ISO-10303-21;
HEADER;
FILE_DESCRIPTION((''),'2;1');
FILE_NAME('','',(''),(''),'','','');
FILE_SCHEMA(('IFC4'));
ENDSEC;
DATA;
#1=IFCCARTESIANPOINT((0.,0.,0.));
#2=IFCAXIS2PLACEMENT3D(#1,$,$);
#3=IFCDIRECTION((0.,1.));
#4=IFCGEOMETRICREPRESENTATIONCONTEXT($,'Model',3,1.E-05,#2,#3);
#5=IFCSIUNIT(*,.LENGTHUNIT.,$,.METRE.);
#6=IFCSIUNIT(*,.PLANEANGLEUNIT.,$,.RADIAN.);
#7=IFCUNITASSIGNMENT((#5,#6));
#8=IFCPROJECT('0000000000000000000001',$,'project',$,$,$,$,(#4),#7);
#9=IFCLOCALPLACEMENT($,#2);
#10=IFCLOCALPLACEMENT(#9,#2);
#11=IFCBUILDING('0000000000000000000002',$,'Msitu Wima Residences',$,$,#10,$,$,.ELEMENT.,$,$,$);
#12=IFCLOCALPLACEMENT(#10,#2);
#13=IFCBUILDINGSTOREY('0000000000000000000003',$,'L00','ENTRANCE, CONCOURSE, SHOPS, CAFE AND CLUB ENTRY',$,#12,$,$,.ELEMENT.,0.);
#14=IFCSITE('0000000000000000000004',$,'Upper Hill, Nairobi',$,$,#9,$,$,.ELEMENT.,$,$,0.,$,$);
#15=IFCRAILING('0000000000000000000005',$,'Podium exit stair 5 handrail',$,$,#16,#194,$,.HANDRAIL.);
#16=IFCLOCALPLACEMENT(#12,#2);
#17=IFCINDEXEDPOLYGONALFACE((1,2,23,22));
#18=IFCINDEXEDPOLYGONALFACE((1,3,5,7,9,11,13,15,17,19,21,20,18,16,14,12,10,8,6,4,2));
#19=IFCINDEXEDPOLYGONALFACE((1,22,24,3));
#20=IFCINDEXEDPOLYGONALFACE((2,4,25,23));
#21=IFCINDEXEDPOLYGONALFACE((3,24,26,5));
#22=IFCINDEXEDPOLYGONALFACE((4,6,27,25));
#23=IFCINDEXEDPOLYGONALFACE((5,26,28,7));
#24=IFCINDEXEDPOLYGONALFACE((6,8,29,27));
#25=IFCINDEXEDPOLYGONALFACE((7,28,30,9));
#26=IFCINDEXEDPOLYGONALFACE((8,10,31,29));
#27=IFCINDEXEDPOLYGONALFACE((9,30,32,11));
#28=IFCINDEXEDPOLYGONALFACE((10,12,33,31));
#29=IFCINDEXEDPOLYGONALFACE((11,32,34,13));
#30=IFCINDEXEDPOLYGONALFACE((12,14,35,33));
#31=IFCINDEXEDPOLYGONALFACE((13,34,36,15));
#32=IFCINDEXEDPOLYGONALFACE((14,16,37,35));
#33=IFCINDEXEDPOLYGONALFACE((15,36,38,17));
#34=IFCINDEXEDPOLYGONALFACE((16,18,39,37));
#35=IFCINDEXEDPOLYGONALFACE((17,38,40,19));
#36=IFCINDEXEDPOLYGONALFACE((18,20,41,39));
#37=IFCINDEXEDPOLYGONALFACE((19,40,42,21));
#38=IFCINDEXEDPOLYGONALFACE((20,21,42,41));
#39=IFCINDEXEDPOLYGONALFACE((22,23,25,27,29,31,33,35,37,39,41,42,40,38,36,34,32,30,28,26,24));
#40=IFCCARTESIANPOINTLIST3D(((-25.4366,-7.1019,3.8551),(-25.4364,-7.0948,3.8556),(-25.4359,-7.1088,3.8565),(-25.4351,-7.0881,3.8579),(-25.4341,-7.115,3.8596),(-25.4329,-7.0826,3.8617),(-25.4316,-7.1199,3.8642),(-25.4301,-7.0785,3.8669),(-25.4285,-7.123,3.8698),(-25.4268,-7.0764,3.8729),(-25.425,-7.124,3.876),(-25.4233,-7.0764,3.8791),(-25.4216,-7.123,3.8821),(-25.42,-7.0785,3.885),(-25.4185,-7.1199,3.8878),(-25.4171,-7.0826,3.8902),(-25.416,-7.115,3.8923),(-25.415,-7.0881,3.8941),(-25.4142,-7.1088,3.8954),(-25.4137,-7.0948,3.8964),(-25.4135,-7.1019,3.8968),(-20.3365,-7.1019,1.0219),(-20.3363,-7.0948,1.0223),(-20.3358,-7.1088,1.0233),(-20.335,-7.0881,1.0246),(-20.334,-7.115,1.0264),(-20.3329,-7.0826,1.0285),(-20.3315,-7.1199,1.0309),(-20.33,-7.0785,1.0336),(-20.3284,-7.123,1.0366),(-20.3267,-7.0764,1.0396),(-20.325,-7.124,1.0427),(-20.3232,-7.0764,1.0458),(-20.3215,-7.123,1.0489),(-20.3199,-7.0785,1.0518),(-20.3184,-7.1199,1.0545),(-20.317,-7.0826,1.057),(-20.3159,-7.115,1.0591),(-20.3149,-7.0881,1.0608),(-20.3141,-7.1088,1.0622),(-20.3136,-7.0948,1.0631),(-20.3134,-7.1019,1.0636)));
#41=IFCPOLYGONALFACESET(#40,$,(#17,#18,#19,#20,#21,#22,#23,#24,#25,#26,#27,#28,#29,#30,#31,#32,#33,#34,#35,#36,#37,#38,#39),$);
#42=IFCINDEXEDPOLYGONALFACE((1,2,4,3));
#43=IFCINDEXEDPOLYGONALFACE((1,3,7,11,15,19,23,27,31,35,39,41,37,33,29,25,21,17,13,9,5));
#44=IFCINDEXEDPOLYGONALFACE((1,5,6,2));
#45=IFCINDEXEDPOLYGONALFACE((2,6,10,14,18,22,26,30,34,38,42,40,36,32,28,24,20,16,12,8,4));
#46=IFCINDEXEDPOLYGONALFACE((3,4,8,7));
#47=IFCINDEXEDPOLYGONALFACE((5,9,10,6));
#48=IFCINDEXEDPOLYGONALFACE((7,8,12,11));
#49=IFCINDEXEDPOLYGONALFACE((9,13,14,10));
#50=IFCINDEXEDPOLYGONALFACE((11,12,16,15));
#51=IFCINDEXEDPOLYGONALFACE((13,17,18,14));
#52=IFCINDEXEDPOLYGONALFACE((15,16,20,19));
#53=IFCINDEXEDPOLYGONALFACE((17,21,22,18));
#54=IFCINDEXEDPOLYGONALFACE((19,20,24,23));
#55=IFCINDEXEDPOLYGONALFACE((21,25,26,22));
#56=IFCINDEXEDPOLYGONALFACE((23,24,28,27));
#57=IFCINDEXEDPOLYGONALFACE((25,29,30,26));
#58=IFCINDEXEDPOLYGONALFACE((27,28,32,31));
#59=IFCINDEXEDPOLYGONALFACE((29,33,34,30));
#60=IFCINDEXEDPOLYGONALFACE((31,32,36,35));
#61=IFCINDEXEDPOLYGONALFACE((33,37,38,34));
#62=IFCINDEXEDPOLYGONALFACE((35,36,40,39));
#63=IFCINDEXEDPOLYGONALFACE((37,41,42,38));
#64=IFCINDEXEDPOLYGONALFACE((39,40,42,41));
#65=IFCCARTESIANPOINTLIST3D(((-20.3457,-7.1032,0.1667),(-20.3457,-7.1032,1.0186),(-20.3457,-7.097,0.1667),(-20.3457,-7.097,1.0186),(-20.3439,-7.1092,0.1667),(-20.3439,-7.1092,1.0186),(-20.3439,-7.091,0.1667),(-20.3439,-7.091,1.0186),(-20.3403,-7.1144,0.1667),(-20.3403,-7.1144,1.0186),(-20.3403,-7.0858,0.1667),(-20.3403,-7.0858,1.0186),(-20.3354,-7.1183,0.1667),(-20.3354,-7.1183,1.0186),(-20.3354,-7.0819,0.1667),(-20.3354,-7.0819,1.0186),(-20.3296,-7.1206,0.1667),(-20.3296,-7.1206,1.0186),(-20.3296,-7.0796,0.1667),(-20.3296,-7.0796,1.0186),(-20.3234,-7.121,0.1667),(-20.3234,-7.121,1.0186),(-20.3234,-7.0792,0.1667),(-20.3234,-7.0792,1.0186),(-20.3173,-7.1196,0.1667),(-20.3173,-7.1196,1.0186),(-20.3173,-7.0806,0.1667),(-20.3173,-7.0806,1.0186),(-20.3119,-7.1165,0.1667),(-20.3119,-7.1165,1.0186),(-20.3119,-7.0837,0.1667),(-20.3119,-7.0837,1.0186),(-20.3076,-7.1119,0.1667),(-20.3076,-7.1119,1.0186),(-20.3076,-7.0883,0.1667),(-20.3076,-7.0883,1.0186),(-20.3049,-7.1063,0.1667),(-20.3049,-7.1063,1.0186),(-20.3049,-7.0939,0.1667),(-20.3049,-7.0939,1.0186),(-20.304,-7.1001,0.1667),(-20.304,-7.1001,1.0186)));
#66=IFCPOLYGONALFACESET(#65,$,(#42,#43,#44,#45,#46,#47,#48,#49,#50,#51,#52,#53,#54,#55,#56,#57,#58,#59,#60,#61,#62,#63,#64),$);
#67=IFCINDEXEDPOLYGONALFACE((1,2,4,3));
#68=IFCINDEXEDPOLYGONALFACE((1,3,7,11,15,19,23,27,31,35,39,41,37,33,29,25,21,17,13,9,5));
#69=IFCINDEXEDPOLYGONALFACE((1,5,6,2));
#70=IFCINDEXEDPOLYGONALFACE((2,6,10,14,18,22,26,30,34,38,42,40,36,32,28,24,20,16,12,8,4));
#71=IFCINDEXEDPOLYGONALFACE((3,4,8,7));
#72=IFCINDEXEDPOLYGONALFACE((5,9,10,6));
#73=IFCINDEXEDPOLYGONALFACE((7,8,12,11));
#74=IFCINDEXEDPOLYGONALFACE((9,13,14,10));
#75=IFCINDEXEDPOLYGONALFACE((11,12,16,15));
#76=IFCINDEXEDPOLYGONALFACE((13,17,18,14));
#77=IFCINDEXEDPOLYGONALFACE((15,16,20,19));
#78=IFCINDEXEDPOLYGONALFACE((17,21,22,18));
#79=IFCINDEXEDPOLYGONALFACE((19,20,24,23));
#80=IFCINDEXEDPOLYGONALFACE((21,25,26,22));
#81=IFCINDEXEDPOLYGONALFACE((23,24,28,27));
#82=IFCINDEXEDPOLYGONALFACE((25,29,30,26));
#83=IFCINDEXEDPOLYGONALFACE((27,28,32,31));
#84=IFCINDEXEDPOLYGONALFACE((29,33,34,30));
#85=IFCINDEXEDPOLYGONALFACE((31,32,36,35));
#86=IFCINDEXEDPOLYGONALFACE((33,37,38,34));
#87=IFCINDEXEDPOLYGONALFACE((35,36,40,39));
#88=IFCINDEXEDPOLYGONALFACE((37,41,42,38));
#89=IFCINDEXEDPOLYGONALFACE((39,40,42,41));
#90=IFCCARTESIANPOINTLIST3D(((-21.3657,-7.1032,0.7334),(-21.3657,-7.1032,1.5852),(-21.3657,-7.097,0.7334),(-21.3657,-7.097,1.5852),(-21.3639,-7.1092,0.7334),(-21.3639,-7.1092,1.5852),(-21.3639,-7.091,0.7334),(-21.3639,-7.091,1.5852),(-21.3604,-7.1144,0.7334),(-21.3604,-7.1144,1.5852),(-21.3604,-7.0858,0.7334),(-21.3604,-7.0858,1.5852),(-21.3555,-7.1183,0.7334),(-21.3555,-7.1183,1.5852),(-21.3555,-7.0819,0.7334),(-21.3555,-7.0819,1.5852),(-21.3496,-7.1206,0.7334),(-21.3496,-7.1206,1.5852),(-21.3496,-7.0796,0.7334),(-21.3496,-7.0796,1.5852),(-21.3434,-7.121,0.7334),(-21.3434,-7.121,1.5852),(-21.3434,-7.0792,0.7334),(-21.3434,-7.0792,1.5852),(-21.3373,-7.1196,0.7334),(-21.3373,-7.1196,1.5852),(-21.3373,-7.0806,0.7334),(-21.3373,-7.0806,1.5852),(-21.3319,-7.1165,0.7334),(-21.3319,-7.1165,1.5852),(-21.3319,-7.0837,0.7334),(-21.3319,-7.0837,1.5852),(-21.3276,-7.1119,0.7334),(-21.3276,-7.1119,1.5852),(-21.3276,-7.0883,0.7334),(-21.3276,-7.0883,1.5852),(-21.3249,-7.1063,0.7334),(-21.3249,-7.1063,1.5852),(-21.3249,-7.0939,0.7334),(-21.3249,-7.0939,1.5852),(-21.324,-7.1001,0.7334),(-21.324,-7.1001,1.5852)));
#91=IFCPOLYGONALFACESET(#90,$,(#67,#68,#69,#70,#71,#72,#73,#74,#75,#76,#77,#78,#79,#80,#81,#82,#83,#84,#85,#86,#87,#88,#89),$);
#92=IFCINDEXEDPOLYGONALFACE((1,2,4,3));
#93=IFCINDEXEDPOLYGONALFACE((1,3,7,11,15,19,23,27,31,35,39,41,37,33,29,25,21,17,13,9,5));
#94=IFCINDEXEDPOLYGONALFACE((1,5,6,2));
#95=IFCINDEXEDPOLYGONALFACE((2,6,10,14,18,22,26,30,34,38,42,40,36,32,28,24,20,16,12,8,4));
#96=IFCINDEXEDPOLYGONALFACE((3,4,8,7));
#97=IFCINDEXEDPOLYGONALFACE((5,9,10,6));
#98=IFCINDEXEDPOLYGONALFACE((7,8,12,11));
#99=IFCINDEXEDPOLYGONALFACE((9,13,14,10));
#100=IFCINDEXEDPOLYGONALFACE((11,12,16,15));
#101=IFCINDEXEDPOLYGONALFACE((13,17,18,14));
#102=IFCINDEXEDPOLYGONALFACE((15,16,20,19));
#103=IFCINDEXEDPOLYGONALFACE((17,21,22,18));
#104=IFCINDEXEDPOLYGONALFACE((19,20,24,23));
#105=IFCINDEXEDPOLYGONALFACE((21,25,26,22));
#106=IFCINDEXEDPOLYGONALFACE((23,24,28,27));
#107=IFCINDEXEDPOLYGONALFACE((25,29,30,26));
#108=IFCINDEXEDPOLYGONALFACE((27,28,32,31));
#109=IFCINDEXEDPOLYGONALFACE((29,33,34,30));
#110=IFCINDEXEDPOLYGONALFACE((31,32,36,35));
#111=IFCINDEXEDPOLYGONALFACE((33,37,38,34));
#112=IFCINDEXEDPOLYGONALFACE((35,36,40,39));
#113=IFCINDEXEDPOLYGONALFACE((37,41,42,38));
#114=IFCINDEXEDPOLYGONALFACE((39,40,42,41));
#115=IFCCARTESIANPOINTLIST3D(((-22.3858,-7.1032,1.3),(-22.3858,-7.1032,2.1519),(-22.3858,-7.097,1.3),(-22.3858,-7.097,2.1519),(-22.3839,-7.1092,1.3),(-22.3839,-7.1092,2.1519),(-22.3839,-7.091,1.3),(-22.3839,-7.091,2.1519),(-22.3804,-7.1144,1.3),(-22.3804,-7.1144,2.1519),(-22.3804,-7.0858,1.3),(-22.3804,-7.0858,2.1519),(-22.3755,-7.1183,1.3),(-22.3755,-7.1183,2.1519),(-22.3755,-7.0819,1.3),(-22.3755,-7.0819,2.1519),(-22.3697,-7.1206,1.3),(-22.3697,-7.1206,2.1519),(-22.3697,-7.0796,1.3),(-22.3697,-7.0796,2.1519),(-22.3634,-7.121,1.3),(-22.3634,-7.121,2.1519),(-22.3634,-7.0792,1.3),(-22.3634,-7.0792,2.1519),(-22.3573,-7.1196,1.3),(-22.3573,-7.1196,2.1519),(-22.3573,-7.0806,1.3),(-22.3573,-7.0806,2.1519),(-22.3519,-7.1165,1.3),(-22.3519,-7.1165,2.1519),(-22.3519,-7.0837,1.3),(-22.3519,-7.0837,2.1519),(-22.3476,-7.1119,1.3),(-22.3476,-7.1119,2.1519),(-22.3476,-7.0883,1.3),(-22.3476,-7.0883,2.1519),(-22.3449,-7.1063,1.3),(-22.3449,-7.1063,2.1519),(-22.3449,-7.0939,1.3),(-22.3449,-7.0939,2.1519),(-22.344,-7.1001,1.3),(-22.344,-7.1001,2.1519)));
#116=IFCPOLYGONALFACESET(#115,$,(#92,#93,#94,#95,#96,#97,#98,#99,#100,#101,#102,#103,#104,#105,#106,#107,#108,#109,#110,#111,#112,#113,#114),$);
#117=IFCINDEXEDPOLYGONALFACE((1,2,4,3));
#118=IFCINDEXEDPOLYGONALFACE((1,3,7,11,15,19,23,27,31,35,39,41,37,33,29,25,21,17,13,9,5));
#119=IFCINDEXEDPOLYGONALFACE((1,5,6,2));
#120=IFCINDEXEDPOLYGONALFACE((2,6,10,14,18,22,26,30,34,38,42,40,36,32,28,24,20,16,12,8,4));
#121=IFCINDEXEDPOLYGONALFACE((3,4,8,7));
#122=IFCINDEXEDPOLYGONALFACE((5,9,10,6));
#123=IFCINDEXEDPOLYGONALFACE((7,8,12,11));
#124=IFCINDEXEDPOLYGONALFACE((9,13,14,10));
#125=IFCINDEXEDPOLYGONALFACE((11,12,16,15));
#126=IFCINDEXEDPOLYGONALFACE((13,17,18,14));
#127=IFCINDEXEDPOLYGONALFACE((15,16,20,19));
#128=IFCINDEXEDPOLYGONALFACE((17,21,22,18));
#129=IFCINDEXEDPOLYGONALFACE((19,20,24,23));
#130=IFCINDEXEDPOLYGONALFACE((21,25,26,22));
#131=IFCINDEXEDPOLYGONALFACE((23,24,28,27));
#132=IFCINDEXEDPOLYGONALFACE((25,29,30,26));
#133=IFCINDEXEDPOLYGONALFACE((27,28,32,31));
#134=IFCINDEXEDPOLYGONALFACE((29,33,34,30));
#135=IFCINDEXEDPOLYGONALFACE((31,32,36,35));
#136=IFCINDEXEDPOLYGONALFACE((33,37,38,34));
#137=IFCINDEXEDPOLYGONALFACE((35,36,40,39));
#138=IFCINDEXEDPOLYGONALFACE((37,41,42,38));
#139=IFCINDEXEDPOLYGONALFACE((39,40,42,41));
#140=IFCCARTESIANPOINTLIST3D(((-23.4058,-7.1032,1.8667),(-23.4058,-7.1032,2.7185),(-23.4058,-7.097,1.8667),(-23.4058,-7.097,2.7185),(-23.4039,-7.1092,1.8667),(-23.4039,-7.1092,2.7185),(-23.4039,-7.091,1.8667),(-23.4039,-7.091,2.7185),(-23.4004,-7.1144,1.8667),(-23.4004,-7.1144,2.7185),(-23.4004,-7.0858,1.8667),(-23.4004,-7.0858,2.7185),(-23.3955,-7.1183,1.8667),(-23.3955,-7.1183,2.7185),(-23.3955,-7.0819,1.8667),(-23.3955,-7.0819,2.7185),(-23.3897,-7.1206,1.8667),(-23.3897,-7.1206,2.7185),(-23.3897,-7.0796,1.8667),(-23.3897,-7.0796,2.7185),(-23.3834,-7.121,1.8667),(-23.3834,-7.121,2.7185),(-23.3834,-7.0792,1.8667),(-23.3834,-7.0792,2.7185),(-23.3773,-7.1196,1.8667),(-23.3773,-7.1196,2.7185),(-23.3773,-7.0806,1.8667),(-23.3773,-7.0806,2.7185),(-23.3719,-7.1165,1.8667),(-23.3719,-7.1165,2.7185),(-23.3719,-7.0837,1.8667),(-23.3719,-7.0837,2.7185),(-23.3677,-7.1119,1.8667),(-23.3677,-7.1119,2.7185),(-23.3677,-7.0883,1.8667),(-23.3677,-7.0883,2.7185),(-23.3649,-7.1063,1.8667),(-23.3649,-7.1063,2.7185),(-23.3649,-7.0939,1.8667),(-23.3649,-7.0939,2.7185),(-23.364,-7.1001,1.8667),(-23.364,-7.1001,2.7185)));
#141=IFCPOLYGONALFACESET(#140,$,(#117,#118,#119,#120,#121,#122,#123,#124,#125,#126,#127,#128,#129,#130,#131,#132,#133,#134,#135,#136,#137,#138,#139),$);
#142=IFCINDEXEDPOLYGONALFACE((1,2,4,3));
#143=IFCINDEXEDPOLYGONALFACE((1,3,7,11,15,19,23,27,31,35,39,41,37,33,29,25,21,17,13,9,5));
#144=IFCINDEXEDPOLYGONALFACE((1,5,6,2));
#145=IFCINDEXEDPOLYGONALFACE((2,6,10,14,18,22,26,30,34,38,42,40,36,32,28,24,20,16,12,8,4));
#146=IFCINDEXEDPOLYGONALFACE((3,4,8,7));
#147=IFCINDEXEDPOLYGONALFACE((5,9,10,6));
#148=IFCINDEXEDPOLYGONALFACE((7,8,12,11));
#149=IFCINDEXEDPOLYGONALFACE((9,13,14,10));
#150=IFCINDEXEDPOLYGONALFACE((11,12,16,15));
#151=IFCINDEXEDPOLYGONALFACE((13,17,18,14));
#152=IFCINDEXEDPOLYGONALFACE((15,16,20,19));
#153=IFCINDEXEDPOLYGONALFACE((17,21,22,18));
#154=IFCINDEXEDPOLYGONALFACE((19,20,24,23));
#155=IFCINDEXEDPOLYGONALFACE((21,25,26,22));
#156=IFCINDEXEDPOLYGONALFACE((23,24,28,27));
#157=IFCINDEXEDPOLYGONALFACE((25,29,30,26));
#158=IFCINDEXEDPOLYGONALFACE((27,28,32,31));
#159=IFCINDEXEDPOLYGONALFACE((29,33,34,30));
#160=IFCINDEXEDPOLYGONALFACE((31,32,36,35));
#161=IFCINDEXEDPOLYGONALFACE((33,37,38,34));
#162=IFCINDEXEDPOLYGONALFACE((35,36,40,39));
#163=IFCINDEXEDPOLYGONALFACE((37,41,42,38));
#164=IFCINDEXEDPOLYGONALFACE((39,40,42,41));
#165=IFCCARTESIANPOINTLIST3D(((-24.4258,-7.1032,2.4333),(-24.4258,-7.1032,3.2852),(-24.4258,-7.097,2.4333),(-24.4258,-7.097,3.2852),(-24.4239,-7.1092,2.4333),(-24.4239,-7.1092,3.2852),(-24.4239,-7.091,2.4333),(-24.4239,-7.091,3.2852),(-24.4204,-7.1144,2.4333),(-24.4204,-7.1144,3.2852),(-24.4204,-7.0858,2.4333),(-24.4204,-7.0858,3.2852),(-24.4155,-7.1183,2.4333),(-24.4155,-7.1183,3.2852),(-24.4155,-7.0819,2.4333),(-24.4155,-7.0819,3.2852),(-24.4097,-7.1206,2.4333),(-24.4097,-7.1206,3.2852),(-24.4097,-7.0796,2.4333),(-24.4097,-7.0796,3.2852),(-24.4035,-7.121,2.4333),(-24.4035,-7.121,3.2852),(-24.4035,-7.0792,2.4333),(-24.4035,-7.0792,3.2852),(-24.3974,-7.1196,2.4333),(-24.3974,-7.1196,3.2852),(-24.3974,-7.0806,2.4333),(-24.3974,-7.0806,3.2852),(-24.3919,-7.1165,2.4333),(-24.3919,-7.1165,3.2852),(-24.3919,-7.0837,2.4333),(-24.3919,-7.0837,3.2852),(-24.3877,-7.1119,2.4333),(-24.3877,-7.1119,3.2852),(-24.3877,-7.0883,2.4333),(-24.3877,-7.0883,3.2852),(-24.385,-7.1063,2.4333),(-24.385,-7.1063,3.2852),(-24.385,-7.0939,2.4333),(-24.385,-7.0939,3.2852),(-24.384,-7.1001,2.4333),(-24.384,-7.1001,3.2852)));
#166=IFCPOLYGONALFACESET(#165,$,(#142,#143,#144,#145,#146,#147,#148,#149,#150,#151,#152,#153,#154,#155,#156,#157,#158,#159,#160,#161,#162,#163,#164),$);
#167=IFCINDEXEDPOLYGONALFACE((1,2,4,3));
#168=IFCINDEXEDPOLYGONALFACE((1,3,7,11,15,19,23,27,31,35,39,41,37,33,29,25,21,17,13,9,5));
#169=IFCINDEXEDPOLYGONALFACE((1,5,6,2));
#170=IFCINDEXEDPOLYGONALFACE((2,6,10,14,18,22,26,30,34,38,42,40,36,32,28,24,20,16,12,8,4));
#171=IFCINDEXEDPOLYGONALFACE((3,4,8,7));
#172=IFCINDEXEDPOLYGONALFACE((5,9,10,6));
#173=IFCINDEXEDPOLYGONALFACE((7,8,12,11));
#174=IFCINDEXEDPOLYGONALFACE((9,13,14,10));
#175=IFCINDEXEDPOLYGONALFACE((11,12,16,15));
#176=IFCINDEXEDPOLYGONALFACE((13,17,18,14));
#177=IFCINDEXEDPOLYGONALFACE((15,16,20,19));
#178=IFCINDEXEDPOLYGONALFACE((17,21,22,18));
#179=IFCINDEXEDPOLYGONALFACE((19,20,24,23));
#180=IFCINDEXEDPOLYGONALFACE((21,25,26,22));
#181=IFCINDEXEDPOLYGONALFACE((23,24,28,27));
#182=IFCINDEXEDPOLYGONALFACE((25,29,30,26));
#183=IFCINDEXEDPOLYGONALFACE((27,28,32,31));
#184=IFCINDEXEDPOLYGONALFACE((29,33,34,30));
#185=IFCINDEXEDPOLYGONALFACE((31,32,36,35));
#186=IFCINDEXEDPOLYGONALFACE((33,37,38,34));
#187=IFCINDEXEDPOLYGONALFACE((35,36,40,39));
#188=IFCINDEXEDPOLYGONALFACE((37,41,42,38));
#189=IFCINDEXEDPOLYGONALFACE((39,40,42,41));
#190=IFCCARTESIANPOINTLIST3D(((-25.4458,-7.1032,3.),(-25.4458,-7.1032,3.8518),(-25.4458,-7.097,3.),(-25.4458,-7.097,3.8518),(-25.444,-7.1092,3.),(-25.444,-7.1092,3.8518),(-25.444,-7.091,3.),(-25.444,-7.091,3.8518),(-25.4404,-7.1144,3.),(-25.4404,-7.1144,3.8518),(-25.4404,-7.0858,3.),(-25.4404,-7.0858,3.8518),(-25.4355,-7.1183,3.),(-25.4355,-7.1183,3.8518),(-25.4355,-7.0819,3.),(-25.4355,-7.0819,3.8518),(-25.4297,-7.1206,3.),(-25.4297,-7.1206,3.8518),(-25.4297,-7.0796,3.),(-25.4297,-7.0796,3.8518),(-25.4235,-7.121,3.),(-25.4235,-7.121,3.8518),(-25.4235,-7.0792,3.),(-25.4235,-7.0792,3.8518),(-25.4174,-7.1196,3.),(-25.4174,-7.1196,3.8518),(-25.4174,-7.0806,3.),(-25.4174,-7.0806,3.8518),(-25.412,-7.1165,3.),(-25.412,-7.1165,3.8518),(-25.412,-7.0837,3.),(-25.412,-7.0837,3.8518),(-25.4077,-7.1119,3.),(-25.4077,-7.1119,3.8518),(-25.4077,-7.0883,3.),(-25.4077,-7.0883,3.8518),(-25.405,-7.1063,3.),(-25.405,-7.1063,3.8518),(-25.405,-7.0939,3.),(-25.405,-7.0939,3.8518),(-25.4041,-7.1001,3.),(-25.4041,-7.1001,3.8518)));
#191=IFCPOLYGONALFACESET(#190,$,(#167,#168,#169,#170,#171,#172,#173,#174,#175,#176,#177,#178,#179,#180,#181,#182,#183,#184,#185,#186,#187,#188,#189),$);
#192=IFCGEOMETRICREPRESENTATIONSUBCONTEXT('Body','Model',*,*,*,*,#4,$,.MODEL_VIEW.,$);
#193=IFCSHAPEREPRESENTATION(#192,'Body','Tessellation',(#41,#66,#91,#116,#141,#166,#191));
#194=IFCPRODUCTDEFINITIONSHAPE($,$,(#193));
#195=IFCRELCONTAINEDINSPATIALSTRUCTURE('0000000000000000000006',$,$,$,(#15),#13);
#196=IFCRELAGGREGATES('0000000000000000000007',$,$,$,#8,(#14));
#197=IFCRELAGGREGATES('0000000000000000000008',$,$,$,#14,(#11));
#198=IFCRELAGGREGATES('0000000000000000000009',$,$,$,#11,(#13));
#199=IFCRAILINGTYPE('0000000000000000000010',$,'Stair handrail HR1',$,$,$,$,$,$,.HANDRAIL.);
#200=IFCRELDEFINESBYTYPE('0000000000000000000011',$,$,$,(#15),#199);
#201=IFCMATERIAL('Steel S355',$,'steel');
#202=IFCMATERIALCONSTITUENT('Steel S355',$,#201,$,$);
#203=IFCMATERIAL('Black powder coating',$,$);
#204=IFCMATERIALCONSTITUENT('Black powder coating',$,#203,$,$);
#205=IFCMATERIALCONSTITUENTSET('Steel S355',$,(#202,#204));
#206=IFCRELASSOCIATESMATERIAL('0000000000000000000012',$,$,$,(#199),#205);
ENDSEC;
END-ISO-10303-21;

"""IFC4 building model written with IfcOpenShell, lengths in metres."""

from ifc_helpers import new_model, si_unit, direction, frame, origin, origin_2d, place, context, subcontext, project, spatial, circle, extrude, material, constituent, constituent_set, type_object, element, save


model = new_model("IFC4")

# Units and contexts
model_context = context("Model", 3, precision=1e-05, world=origin(), true_north=direction((0.0, 1.0)))
body_context = subcontext(model_context, "Body", "Model", "MODEL_VIEW")
ifc_project = project(units=[si_unit("LENGTHUNIT", "METRE"), si_unit("PLANEANGLEUNIT", "RADIAN")], contexts=[model_context])

# Site, building, storey
site_placement = place(None, origin())
site = spatial("IfcSite", under=ifc_project, at=site_placement, Name="Upper Hill, Nairobi", CompositionType="ELEMENT", RefElevation=0.0)
building_placement = place(site_placement, origin())
building = spatial("IfcBuilding", under=site, at=building_placement, Name="Msitu Wima Residences", CompositionType="ELEMENT")
storey_placement = place(building_placement, origin())
storey = spatial("IfcBuildingStorey", under=building, at=storey_placement, Name="L00", Description="ENTRANCE, CONCOURSE, SHOPS, CAFE AND CLUB ENTRY", CompositionType="ELEMENT", Elevation=0.0)

# Railing
ifc_material_1 = material(Name="Steel S355", Category="steel")
ifc_constituent_1 = constituent(ifc_material_1, Name="Steel S355")
ifc_material_2 = material(Name="Black powder coating")
ifc_constituent_2 = constituent(ifc_material_2, Name="Black powder coating")
ifc_constituent_set = constituent_set(constituents=[ifc_constituent_1, ifc_constituent_2], Name="Steel S355")
railing_type = type_object("IfcRailingType", Name="Stair handrail HR1", PredefinedType="HANDRAIL", material=ifc_constituent_set)
for number, where, name in (
    (1, (-20.325, -7.1001, 0.1667), "Podium exit stair 5 handrail"),
):
    element("IfcRailing", number, at=place(storey_placement, frame(where)), inside=storey, type_object=railing_type, Name=name, PredefinedType="HANDRAIL", context=body_context, shape_type="SweptSolid", body=[
        extrude(circle(Radius=0.0239, at=origin_2d()), frame((0.0, 0.0, 0.876), z_axis=(-0.874167, 0.0, 0.485625), x_axis=(0.0, -1.0, 0.0)), (0.0, 0.0, 1.0), 5.8342),
        extrude(circle(Radius=0.021, at=origin_2d()), origin(), (0.0, 0.0, 1.0), 0.8518),
        extrude(circle(Radius=0.021, at=origin_2d()), frame((-1.02, 0.0, 0.5667)), (0.0, 0.0, 1.0), 0.8518),
        extrude(circle(Radius=0.021, at=origin_2d()), frame((-2.04, 0.0, 1.1333)), (0.0, 0.0, 1.0), 0.8518),
        extrude(circle(Radius=0.021, at=origin_2d()), frame((-3.0601, 0.0, 1.7)), (0.0, 0.0, 1.0), 0.8518),
        extrude(circle(Radius=0.021, at=origin_2d()), frame((-4.0801, 0.0, 2.2666)), (0.0, 0.0, 1.0), 0.8518),
        extrude(circle(Radius=0.021, at=origin_2d()), frame((-5.1001, 0.0, 2.8333)), (0.0, 0.0, 1.0), 0.8518),
    ])

save(model, "model.ifc")
